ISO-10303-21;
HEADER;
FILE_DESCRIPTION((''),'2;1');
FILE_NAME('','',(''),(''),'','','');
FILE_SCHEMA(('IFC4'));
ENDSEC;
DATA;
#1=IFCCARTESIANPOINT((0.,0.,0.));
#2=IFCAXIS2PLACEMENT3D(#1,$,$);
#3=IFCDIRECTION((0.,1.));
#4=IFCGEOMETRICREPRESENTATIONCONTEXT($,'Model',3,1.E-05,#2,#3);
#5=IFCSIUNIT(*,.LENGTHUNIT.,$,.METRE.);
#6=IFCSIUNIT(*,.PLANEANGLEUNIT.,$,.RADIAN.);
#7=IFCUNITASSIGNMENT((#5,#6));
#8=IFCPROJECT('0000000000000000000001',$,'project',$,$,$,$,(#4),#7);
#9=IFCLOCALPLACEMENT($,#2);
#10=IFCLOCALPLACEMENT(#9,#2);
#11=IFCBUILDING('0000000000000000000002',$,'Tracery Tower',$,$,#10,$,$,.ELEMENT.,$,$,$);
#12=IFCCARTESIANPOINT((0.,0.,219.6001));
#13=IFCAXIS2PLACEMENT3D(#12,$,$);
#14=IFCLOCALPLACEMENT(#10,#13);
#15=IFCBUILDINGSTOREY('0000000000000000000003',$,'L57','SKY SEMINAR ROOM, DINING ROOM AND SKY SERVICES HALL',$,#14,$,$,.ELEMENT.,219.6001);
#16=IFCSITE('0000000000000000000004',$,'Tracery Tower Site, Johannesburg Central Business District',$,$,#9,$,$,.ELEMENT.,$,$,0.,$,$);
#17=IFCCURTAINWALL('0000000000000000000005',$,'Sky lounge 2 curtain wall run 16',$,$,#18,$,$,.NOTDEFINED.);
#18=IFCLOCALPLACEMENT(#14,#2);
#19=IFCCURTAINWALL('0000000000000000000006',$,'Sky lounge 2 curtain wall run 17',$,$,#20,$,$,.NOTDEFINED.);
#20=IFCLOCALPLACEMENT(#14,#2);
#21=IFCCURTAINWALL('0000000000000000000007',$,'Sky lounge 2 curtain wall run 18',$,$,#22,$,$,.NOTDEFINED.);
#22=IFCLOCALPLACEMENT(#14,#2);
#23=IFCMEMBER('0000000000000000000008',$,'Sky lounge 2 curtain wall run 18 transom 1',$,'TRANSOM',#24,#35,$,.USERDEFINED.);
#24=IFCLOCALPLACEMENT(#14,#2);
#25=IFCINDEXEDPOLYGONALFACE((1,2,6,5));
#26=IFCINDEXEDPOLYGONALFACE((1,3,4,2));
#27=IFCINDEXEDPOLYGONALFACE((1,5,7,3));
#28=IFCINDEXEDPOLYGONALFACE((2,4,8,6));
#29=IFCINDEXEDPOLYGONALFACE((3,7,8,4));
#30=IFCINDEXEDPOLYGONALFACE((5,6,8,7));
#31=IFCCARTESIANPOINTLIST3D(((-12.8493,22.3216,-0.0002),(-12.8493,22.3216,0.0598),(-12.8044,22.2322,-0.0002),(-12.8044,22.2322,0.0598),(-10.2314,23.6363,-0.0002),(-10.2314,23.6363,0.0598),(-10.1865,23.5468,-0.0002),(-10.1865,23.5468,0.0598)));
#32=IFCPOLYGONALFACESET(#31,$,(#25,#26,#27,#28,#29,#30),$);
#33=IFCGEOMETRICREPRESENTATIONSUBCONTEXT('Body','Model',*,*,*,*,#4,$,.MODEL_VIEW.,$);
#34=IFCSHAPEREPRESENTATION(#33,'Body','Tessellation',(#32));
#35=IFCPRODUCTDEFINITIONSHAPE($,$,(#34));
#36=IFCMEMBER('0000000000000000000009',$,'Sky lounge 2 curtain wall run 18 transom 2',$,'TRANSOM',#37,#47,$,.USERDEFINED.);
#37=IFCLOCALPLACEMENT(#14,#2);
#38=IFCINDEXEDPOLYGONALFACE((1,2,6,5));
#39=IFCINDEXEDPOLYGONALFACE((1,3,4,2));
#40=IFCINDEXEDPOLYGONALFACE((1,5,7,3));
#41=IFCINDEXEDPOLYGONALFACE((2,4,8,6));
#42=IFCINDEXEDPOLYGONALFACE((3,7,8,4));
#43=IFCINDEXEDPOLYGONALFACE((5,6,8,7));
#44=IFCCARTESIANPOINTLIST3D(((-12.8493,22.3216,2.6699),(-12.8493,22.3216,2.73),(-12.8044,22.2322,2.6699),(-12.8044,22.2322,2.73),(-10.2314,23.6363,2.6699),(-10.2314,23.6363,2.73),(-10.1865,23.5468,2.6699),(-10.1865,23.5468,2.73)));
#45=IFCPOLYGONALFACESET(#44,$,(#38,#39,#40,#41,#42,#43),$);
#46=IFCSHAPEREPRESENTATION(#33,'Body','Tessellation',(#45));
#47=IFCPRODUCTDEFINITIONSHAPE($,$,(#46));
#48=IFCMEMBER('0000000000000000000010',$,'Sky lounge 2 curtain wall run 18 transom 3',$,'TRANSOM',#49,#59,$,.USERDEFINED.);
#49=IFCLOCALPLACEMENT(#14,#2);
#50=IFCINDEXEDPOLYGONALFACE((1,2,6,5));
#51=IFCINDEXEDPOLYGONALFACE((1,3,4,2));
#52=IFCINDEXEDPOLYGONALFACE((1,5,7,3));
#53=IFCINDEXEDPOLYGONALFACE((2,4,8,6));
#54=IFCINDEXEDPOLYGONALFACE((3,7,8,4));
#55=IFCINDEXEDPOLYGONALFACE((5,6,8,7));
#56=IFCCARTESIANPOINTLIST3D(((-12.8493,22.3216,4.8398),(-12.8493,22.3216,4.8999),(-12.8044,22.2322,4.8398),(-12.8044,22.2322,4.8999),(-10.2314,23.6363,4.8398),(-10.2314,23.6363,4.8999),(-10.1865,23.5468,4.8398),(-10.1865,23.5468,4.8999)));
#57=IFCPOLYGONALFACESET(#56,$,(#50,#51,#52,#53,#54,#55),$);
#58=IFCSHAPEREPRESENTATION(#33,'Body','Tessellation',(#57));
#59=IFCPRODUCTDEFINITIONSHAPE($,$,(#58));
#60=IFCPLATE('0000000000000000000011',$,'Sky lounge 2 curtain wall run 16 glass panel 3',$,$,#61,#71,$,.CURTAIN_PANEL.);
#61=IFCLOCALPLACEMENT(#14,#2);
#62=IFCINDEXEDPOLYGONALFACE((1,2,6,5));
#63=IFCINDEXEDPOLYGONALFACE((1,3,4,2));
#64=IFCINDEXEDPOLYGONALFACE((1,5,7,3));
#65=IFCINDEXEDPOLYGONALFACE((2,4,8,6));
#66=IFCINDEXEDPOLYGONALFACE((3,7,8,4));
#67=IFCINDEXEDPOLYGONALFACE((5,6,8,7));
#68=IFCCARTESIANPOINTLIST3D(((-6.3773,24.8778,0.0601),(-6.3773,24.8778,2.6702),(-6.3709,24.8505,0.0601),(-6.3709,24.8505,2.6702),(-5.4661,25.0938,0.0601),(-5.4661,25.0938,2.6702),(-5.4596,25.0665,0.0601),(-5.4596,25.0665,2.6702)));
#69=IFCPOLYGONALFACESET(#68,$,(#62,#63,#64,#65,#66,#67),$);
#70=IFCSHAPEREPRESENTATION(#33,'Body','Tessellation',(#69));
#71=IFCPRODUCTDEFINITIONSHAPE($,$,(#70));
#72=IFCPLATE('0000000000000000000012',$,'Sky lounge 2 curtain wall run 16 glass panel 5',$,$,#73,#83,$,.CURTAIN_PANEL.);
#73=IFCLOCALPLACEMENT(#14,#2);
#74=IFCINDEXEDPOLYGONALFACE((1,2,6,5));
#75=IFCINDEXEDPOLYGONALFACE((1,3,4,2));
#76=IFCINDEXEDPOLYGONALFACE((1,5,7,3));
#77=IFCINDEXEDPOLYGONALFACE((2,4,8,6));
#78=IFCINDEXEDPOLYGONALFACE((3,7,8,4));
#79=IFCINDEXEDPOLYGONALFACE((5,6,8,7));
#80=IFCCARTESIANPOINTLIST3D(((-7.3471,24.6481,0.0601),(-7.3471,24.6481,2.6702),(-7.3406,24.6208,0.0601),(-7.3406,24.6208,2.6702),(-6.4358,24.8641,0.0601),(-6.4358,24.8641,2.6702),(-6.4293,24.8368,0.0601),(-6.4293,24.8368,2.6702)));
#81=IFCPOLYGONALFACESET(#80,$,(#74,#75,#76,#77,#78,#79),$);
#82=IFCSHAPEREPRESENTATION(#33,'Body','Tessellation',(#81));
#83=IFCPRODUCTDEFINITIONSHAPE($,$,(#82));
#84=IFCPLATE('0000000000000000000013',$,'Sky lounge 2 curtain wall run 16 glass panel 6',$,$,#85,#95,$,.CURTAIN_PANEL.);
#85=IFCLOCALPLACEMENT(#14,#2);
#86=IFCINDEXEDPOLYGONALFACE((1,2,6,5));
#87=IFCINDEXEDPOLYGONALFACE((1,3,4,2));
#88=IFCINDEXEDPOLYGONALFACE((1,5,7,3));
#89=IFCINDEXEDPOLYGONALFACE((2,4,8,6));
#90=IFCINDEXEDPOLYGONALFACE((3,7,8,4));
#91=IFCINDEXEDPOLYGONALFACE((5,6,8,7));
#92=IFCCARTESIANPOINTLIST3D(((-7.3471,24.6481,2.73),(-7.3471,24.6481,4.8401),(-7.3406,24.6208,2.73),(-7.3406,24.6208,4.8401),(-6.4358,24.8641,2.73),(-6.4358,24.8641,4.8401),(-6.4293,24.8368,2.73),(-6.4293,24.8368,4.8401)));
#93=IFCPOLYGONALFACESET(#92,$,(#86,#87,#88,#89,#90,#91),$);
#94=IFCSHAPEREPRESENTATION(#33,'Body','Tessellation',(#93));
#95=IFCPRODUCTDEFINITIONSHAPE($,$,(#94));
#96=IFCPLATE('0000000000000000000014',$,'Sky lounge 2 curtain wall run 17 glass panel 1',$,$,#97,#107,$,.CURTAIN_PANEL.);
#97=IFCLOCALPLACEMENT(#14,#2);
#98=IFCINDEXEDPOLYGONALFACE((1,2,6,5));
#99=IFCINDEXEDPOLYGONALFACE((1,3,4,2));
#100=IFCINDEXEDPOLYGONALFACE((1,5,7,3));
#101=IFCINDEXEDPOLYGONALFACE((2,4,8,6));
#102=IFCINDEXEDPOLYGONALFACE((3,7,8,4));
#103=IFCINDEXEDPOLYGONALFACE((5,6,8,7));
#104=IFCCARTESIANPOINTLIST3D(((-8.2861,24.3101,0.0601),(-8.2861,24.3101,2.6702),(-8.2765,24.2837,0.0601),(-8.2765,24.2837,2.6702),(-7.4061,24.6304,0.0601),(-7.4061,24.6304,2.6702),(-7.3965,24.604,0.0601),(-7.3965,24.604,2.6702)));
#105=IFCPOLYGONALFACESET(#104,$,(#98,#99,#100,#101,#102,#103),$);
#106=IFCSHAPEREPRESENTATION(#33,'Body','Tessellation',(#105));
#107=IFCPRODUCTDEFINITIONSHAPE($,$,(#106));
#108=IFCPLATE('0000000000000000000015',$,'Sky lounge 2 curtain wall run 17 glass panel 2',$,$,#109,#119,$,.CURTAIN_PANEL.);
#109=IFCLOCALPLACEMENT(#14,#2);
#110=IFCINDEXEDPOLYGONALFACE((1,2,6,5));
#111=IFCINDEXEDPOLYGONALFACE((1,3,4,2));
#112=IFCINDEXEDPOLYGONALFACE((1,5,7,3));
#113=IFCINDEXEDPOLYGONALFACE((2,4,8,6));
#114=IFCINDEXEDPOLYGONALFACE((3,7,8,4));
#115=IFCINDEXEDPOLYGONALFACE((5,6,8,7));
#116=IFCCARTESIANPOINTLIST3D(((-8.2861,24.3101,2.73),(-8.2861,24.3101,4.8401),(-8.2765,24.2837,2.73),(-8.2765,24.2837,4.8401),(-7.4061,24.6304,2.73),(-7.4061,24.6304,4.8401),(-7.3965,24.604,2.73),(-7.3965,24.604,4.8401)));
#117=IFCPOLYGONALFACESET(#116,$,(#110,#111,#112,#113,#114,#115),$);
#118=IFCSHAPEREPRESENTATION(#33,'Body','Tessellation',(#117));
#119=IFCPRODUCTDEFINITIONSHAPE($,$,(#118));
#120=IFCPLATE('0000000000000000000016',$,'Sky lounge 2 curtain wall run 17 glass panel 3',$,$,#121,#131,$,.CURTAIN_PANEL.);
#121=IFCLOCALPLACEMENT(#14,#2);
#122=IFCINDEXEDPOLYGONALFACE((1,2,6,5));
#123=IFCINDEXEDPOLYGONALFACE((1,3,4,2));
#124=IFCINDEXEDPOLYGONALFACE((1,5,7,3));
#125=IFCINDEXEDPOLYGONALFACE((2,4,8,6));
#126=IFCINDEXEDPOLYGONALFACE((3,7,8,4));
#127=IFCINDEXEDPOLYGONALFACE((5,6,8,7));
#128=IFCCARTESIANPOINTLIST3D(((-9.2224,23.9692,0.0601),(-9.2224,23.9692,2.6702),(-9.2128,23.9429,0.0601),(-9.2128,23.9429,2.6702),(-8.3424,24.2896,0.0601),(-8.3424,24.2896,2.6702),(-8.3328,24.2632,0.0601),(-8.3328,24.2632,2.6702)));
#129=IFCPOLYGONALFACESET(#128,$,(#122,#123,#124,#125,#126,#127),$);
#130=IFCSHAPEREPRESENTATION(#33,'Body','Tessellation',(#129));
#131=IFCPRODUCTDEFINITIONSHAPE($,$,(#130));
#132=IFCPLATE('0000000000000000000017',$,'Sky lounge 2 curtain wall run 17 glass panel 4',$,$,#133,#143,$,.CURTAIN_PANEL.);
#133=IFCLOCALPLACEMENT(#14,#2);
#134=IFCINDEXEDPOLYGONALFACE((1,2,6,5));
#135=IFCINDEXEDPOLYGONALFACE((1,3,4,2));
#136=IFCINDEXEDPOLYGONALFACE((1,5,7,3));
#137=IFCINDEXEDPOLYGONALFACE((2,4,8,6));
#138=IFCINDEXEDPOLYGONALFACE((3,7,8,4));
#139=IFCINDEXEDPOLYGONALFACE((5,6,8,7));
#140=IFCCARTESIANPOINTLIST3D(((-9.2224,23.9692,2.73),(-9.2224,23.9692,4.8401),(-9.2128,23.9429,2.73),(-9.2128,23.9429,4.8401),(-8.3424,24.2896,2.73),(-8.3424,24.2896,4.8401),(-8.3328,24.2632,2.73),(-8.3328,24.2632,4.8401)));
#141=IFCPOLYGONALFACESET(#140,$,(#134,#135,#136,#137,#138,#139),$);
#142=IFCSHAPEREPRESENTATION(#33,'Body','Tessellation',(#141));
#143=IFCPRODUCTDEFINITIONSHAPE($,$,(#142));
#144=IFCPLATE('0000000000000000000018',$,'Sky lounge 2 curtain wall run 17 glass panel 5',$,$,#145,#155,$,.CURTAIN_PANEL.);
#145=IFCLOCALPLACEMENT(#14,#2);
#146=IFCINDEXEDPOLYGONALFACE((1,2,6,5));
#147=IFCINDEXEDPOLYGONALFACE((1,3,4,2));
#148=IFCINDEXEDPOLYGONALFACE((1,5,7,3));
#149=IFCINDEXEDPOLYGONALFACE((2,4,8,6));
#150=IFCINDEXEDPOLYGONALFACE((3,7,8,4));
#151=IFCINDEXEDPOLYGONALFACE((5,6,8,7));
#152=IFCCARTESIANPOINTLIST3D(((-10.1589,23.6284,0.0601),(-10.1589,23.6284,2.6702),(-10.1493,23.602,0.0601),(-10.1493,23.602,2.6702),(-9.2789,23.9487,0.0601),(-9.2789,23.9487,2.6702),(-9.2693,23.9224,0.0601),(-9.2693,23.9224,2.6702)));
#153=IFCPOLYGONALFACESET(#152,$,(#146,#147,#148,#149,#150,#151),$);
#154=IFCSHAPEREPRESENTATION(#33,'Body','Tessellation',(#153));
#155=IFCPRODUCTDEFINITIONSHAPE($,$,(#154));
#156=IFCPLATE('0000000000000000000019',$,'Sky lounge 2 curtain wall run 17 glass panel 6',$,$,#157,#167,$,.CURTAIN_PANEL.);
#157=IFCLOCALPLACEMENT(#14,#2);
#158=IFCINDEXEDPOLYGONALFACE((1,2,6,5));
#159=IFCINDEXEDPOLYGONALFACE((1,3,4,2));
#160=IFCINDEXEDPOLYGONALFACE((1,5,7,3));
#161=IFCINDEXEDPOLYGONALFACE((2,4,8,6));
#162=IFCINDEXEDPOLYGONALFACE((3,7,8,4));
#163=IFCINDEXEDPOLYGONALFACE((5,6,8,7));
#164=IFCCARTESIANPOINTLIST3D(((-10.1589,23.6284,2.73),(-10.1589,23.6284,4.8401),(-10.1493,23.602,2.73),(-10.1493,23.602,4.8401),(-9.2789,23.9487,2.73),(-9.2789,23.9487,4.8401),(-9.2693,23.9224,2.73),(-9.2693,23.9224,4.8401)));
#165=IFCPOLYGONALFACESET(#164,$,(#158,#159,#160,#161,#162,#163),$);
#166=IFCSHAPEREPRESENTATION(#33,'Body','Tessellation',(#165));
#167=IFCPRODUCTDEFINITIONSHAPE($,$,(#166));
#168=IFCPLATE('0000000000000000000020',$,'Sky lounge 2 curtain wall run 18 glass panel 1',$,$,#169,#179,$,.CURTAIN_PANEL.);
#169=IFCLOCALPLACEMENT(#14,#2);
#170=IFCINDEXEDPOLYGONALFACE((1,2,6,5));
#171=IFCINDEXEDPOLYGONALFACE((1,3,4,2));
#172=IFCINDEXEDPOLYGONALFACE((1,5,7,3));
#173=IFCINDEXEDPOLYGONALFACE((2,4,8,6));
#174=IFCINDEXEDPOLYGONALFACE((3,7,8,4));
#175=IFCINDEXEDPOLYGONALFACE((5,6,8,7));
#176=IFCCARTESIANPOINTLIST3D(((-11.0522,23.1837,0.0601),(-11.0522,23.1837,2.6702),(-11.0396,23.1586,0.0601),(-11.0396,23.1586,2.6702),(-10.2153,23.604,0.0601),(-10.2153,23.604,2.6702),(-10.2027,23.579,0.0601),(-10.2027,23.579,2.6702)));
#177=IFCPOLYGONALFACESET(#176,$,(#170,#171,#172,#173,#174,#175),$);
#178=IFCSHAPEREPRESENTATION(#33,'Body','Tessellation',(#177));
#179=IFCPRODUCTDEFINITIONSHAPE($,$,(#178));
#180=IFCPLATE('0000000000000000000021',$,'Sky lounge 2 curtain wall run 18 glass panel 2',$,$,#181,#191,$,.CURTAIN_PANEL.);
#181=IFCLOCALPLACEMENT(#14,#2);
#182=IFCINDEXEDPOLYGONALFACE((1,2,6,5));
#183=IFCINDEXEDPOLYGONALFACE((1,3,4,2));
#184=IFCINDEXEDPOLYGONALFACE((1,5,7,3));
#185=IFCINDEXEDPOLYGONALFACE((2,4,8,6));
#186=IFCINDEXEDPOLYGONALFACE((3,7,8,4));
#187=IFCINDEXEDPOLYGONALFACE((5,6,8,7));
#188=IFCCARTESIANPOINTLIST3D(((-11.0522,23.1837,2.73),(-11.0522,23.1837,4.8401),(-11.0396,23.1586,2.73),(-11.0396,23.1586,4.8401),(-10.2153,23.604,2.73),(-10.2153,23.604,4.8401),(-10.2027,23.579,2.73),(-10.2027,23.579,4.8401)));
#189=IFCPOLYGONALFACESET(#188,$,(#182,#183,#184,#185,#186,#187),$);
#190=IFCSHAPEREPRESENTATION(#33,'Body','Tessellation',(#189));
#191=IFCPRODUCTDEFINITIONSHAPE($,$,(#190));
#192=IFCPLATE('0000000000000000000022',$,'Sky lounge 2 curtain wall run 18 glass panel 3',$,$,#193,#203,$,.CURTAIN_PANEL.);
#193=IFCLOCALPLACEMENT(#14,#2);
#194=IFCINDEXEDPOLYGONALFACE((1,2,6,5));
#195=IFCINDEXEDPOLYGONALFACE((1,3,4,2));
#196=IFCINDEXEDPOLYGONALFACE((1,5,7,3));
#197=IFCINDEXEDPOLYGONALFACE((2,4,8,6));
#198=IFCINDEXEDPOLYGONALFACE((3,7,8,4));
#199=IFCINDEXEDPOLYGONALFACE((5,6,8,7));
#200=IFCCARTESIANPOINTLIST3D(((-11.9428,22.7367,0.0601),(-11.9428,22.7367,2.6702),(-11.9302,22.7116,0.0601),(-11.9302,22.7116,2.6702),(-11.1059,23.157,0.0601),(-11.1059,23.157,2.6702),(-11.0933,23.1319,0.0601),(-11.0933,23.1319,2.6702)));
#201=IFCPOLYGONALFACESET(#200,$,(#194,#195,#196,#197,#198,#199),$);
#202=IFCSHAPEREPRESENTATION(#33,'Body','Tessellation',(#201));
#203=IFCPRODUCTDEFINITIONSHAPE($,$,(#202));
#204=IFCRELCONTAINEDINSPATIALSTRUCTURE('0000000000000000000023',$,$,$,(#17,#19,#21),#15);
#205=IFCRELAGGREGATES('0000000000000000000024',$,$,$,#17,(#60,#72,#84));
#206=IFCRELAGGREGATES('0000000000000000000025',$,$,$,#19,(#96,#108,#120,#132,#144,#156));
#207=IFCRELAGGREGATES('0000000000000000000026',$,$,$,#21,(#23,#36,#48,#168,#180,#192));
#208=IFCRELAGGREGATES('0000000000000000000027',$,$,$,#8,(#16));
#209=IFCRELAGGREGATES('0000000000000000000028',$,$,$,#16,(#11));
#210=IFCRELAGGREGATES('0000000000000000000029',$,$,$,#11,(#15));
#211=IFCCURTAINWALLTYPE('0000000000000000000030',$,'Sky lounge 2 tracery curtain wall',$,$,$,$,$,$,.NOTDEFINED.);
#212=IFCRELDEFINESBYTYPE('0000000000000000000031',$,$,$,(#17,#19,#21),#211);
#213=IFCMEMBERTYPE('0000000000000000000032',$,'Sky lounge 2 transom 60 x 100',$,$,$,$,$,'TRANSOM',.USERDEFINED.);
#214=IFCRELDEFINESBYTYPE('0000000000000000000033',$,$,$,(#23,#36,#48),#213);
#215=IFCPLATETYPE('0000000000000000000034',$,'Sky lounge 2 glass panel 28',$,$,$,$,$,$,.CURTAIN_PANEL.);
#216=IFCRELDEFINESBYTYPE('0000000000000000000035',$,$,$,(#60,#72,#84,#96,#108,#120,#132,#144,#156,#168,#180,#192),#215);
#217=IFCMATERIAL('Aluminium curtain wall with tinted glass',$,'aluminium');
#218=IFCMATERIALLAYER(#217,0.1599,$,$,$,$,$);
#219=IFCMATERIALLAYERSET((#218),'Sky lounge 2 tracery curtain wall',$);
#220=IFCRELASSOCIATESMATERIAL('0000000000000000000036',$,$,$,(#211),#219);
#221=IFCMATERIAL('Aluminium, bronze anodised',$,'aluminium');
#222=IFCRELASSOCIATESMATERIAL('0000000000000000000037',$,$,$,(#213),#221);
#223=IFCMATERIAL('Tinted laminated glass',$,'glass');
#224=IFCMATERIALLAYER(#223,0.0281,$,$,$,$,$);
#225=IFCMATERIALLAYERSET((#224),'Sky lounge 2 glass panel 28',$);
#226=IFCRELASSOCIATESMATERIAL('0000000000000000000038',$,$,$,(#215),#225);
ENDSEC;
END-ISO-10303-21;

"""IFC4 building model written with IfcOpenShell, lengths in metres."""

from ifc_helpers import new_model, si_unit, direction, frame, origin, origin_2d, place, context, subcontext, project, spatial, rectangle, extrude, material, layer, layer_set, material_profile, profile_set, type_object, element, aggregate, save


model = new_model("IFC4")

# Units and contexts
model_context = context("Model", 3, precision=1e-05, world=origin(), true_north=direction((0.0, 1.0)))
body_context = subcontext(model_context, "Body", "Model", "MODEL_VIEW")
ifc_project = project(units=[si_unit("LENGTHUNIT", "METRE"), si_unit("PLANEANGLEUNIT", "RADIAN")], contexts=[model_context])

# Site, building, storey
site_placement = place(None, origin())
site = spatial("IfcSite", under=ifc_project, at=site_placement, Name="Tracery Tower Site, Johannesburg Central Business District", CompositionType="ELEMENT", RefElevation=0.0)
building_placement = place(site_placement, origin())
building = spatial("IfcBuilding", under=site, at=building_placement, Name="Tracery Tower", CompositionType="ELEMENT")
storey_placement = place(building_placement, frame((0.0, 0.0, 219.6001)))
storey = spatial("IfcBuildingStorey", under=building, at=storey_placement, Name="L57", Description="SKY SEMINAR ROOM, DINING ROOM AND SKY SERVICES HALL", CompositionType="ELEMENT", Elevation=219.6001)

# Curtain wall
ifc_material_1 = material(Name="Aluminium curtain wall with tinted glass", Category="aluminium")
ifc_layer_1 = layer(ifc_material_1, 0.1599)
ifc_layer_set_1 = layer_set([ifc_layer_1], Name="Sky lounge 2 tracery curtain wall")
curtain_wall_type = type_object("IfcCurtainWallType", Name="Sky lounge 2 tracery curtain wall", PredefinedType="NOTDEFINED", material=ifc_layer_set_1)
curtain_wall_1_placement = place(storey_placement, origin())
curtain_wall_1 = element("IfcCurtainWall", 1, at=curtain_wall_1_placement, inside=storey, type_object=curtain_wall_type, Name="Sky lounge 2 curtain wall run 16", PredefinedType="NOTDEFINED")

# Curtain walls
curtain_wall_2_placement = place(storey_placement, origin())
curtain_wall_2 = element("IfcCurtainWall", 2, at=curtain_wall_2_placement, inside=storey, type_object=curtain_wall_type, Name="Sky lounge 2 curtain wall run 17", PredefinedType="NOTDEFINED")
curtain_wall_3_placement = place(storey_placement, origin())
curtain_wall_3 = element("IfcCurtainWall", 3, at=curtain_wall_3_placement, inside=storey, type_object=curtain_wall_type, Name="Sky lounge 2 curtain wall run 18", PredefinedType="NOTDEFINED")

# Members
ifc_material_2 = material(Name="Aluminium, bronze anodised", Category="aluminium")
ifc_material_profile_1 = material_profile(ifc_material_2, rectangle(XDim=0.1001, YDim=0.0601, at=origin_2d()), Name="AL 60x100")
ifc_profile_set_1 = profile_set([ifc_material_profile_1], Name="Aluminium, bronze anodised")
member_type_1 = type_object("IfcMemberType", Name="Sky lounge 2 transom 60 x 100", ElementType="TRANSOM", PredefinedType="USERDEFINED", material=ifc_profile_set_1)
member_1_placement = place(storey_placement, frame((-10.209, 23.5916, 0.0298), z_axis=(-0.893642, -0.44878, 0.0), x_axis=(0.44878, -0.893642, 0.0)))
member_1 = element("IfcMember", 4, at=member_1_placement, type_object=member_type_1, Name="Sky lounge 2 curtain wall run 18 transom 1", ObjectType="TRANSOM", PredefinedType="USERDEFINED", context=body_context, shape_type="SweptSolid", body=[
    extrude(rectangle(XDim=0.1001, YDim=0.0601, at=origin_2d()), origin(), (0.0, 0.0, 1.0), 2.9294),
])
member_2_placement = place(storey_placement, frame((-10.209, 23.5916, 2.7), z_axis=(-0.893642, -0.44878, 0.0), x_axis=(0.44878, -0.893642, 0.0)))
member_2 = element("IfcMember", 5, at=member_2_placement, type_object=member_type_1, Name="Sky lounge 2 curtain wall run 18 transom 2", ObjectType="TRANSOM", PredefinedType="USERDEFINED", context=body_context, shape_type="SweptSolid", body=[
    extrude(rectangle(XDim=0.1001, YDim=0.0601, at=origin_2d()), origin(), (0.0, 0.0, 1.0), 2.9294),
])
member_3_placement = place(storey_placement, frame((-10.209, 23.5916, 4.8699), z_axis=(-0.893642, -0.44878, 0.0), x_axis=(0.44878, -0.893642, 0.0)))
member_3 = element("IfcMember", 6, at=member_3_placement, type_object=member_type_1, Name="Sky lounge 2 curtain wall run 18 transom 3", ObjectType="TRANSOM", PredefinedType="USERDEFINED", context=body_context, shape_type="SweptSolid", body=[
    extrude(rectangle(XDim=0.1001, YDim=0.0601, at=origin_2d()), origin(), (0.0, 0.0, 1.0), 2.9294),
])

# Plates
ifc_material_3 = material(Name="Tinted laminated glass", Category="glass")
ifc_layer_2 = layer(ifc_material_3, 0.0281)
ifc_layer_set_2 = layer_set([ifc_layer_2], Name="Sky lounge 2 glass panel 28")
plate_type = type_object("IfcPlateType", Name="Sky lounge 2 glass panel 28", PredefinedType="CURTAIN_PANEL", material=ifc_layer_set_2)
plate_1_placement = place(storey_placement, frame((-5.9185, 24.9722, 0.0601), z_axis=(0.0, 0.0, 1.0), x_axis=(-0.973045, -0.230616, 0.0)))
plate_1 = element("IfcPlate", 7, at=plate_1_placement, type_object=plate_type, Name="Sky lounge 2 curtain wall run 16 glass panel 3", PredefinedType="CURTAIN_PANEL", context=body_context, shape_type="SweptSolid", body=[
    extrude(rectangle(XDim=0.9365, YDim=0.0281, at=origin_2d()), origin(), (0.0, 0.0, 1.0), 2.6101),
])
plate_2_placement = place(storey_placement, frame((-6.8882, 24.7424, 0.0601), z_axis=(0.0, 0.0, 1.0), x_axis=(-0.973045, -0.230616, 0.0)))
plate_2 = element("IfcPlate", 8, at=plate_2_placement, type_object=plate_type, Name="Sky lounge 2 curtain wall run 16 glass panel 5", PredefinedType="CURTAIN_PANEL", context=body_context, shape_type="SweptSolid", body=[
    extrude(rectangle(XDim=0.9365, YDim=0.0281, at=origin_2d()), origin(), (0.0, 0.0, 1.0), 2.6101),
])
plate_3_placement = place(storey_placement, frame((-6.8882, 24.7424, 2.73), z_axis=(0.0, 0.0, 1.0), x_axis=(-0.973045, -0.230616, 0.0)))
plate_3 = element("IfcPlate", 9, at=plate_3_placement, type_object=plate_type, Name="Sky lounge 2 curtain wall run 16 glass panel 6", PredefinedType="CURTAIN_PANEL", context=body_context, shape_type="SweptSolid", body=[
    extrude(rectangle(XDim=0.9365, YDim=0.0281, at=origin_2d()), origin(), (0.0, 0.0, 1.0), 2.1101),
])
aggregate(curtain_wall_1, [plate_1, plate_2, plate_3])
plate_4_placement = place(storey_placement, frame((-7.8413, 24.457, 0.0601), z_axis=(0.0, 0.0, 1.0), x_axis=(-0.939693, -0.34202, 0.0)))
plate_4 = element("IfcPlate", 10, at=plate_4_placement, type_object=plate_type, Name="Sky lounge 2 curtain wall run 17 glass panel 1", PredefinedType="CURTAIN_PANEL", context=body_context, shape_type="SweptSolid", body=[
    extrude(rectangle(XDim=0.9365, YDim=0.0281, at=origin_2d()), origin(), (0.0, 0.0, 1.0), 2.6101),
])
plate_5_placement = place(storey_placement, frame((-7.8413, 24.457, 2.73), z_axis=(0.0, 0.0, 1.0), x_axis=(-0.939693, -0.34202, 0.0)))
plate_5 = element("IfcPlate", 11, at=plate_5_placement, type_object=plate_type, Name="Sky lounge 2 curtain wall run 17 glass panel 2", PredefinedType="CURTAIN_PANEL", context=body_context, shape_type="SweptSolid", body=[
    extrude(rectangle(XDim=0.9365, YDim=0.0281, at=origin_2d()), origin(), (0.0, 0.0, 1.0), 2.1101),
])
plate_6_placement = place(storey_placement, frame((-8.7776, 24.1162, 0.0601), z_axis=(0.0, 0.0, 1.0), x_axis=(-0.939693, -0.34202, 0.0)))
plate_6 = element("IfcPlate", 12, at=plate_6_placement, type_object=plate_type, Name="Sky lounge 2 curtain wall run 17 glass panel 3", PredefinedType="CURTAIN_PANEL", context=body_context, shape_type="SweptSolid", body=[
    extrude(rectangle(XDim=0.9365, YDim=0.0281, at=origin_2d()), origin(), (0.0, 0.0, 1.0), 2.6101),
])
plate_7_placement = place(storey_placement, frame((-8.7776, 24.1162, 2.73), z_axis=(0.0, 0.0, 1.0), x_axis=(-0.939693, -0.34202, 0.0)))
plate_7 = element("IfcPlate", 13, at=plate_7_placement, type_object=plate_type, Name="Sky lounge 2 curtain wall run 17 glass panel 4", PredefinedType="CURTAIN_PANEL", context=body_context, shape_type="SweptSolid", body=[
    extrude(rectangle(XDim=0.9365, YDim=0.0281, at=origin_2d()), origin(), (0.0, 0.0, 1.0), 2.1101),
])
plate_8_placement = place(storey_placement, frame((-9.7141, 23.7754, 0.0601), z_axis=(0.0, 0.0, 1.0), x_axis=(-0.939693, -0.34202, 0.0)))
plate_8 = element("IfcPlate", 14, at=plate_8_placement, type_object=plate_type, Name="Sky lounge 2 curtain wall run 17 glass panel 5", PredefinedType="CURTAIN_PANEL", context=body_context, shape_type="SweptSolid", body=[
    extrude(rectangle(XDim=0.9365, YDim=0.0281, at=origin_2d()), origin(), (0.0, 0.0, 1.0), 2.6101),
])
plate_9_placement = place(storey_placement, frame((-9.7141, 23.7754, 2.73), z_axis=(0.0, 0.0, 1.0), x_axis=(-0.939693, -0.34202, 0.0)))
plate_9 = element("IfcPlate", 15, at=plate_9_placement, type_object=plate_type, Name="Sky lounge 2 curtain wall run 17 glass panel 6", PredefinedType="CURTAIN_PANEL", context=body_context, shape_type="SweptSolid", body=[
    extrude(rectangle(XDim=0.9365, YDim=0.0281, at=origin_2d()), origin(), (0.0, 0.0, 1.0), 2.1101),
])
aggregate(curtain_wall_2, [plate_4, plate_5, plate_6, plate_7, plate_8, plate_9])
plate_10_placement = place(storey_placement, frame((-10.6274, 23.3813, 0.0601), z_axis=(0.0, 0.0, 1.0), x_axis=(-0.893633, -0.448799, 0.0)))
plate_10 = element("IfcPlate", 16, at=plate_10_placement, type_object=plate_type, Name="Sky lounge 2 curtain wall run 18 glass panel 1", PredefinedType="CURTAIN_PANEL", context=body_context, shape_type="SweptSolid", body=[
    extrude(rectangle(XDim=0.9365, YDim=0.0281, at=origin_2d()), origin(), (0.0, 0.0, 1.0), 2.6101),
])
plate_11_placement = place(storey_placement, frame((-10.6274, 23.3813, 2.73), z_axis=(0.0, 0.0, 1.0), x_axis=(-0.893633, -0.448799, 0.0)))
plate_11 = element("IfcPlate", 17, at=plate_11_placement, type_object=plate_type, Name="Sky lounge 2 curtain wall run 18 glass panel 2", PredefinedType="CURTAIN_PANEL", context=body_context, shape_type="SweptSolid", body=[
    extrude(rectangle(XDim=0.9365, YDim=0.0281, at=origin_2d()), origin(), (0.0, 0.0, 1.0), 2.1101),
])
plate_12_placement = place(storey_placement, frame((-11.5181, 22.9343, 0.0601), z_axis=(0.0, 0.0, 1.0), x_axis=(-0.893633, -0.448799, 0.0)))
plate_12 = element("IfcPlate", 18, at=plate_12_placement, type_object=plate_type, Name="Sky lounge 2 curtain wall run 18 glass panel 3", PredefinedType="CURTAIN_PANEL", context=body_context, shape_type="SweptSolid", body=[
    extrude(rectangle(XDim=0.9365, YDim=0.0281, at=origin_2d()), origin(), (0.0, 0.0, 1.0), 2.6101),
])
aggregate(curtain_wall_3, [member_1, member_2, member_3, plate_10, plate_11, plate_12])

save(model, "model.ifc")
